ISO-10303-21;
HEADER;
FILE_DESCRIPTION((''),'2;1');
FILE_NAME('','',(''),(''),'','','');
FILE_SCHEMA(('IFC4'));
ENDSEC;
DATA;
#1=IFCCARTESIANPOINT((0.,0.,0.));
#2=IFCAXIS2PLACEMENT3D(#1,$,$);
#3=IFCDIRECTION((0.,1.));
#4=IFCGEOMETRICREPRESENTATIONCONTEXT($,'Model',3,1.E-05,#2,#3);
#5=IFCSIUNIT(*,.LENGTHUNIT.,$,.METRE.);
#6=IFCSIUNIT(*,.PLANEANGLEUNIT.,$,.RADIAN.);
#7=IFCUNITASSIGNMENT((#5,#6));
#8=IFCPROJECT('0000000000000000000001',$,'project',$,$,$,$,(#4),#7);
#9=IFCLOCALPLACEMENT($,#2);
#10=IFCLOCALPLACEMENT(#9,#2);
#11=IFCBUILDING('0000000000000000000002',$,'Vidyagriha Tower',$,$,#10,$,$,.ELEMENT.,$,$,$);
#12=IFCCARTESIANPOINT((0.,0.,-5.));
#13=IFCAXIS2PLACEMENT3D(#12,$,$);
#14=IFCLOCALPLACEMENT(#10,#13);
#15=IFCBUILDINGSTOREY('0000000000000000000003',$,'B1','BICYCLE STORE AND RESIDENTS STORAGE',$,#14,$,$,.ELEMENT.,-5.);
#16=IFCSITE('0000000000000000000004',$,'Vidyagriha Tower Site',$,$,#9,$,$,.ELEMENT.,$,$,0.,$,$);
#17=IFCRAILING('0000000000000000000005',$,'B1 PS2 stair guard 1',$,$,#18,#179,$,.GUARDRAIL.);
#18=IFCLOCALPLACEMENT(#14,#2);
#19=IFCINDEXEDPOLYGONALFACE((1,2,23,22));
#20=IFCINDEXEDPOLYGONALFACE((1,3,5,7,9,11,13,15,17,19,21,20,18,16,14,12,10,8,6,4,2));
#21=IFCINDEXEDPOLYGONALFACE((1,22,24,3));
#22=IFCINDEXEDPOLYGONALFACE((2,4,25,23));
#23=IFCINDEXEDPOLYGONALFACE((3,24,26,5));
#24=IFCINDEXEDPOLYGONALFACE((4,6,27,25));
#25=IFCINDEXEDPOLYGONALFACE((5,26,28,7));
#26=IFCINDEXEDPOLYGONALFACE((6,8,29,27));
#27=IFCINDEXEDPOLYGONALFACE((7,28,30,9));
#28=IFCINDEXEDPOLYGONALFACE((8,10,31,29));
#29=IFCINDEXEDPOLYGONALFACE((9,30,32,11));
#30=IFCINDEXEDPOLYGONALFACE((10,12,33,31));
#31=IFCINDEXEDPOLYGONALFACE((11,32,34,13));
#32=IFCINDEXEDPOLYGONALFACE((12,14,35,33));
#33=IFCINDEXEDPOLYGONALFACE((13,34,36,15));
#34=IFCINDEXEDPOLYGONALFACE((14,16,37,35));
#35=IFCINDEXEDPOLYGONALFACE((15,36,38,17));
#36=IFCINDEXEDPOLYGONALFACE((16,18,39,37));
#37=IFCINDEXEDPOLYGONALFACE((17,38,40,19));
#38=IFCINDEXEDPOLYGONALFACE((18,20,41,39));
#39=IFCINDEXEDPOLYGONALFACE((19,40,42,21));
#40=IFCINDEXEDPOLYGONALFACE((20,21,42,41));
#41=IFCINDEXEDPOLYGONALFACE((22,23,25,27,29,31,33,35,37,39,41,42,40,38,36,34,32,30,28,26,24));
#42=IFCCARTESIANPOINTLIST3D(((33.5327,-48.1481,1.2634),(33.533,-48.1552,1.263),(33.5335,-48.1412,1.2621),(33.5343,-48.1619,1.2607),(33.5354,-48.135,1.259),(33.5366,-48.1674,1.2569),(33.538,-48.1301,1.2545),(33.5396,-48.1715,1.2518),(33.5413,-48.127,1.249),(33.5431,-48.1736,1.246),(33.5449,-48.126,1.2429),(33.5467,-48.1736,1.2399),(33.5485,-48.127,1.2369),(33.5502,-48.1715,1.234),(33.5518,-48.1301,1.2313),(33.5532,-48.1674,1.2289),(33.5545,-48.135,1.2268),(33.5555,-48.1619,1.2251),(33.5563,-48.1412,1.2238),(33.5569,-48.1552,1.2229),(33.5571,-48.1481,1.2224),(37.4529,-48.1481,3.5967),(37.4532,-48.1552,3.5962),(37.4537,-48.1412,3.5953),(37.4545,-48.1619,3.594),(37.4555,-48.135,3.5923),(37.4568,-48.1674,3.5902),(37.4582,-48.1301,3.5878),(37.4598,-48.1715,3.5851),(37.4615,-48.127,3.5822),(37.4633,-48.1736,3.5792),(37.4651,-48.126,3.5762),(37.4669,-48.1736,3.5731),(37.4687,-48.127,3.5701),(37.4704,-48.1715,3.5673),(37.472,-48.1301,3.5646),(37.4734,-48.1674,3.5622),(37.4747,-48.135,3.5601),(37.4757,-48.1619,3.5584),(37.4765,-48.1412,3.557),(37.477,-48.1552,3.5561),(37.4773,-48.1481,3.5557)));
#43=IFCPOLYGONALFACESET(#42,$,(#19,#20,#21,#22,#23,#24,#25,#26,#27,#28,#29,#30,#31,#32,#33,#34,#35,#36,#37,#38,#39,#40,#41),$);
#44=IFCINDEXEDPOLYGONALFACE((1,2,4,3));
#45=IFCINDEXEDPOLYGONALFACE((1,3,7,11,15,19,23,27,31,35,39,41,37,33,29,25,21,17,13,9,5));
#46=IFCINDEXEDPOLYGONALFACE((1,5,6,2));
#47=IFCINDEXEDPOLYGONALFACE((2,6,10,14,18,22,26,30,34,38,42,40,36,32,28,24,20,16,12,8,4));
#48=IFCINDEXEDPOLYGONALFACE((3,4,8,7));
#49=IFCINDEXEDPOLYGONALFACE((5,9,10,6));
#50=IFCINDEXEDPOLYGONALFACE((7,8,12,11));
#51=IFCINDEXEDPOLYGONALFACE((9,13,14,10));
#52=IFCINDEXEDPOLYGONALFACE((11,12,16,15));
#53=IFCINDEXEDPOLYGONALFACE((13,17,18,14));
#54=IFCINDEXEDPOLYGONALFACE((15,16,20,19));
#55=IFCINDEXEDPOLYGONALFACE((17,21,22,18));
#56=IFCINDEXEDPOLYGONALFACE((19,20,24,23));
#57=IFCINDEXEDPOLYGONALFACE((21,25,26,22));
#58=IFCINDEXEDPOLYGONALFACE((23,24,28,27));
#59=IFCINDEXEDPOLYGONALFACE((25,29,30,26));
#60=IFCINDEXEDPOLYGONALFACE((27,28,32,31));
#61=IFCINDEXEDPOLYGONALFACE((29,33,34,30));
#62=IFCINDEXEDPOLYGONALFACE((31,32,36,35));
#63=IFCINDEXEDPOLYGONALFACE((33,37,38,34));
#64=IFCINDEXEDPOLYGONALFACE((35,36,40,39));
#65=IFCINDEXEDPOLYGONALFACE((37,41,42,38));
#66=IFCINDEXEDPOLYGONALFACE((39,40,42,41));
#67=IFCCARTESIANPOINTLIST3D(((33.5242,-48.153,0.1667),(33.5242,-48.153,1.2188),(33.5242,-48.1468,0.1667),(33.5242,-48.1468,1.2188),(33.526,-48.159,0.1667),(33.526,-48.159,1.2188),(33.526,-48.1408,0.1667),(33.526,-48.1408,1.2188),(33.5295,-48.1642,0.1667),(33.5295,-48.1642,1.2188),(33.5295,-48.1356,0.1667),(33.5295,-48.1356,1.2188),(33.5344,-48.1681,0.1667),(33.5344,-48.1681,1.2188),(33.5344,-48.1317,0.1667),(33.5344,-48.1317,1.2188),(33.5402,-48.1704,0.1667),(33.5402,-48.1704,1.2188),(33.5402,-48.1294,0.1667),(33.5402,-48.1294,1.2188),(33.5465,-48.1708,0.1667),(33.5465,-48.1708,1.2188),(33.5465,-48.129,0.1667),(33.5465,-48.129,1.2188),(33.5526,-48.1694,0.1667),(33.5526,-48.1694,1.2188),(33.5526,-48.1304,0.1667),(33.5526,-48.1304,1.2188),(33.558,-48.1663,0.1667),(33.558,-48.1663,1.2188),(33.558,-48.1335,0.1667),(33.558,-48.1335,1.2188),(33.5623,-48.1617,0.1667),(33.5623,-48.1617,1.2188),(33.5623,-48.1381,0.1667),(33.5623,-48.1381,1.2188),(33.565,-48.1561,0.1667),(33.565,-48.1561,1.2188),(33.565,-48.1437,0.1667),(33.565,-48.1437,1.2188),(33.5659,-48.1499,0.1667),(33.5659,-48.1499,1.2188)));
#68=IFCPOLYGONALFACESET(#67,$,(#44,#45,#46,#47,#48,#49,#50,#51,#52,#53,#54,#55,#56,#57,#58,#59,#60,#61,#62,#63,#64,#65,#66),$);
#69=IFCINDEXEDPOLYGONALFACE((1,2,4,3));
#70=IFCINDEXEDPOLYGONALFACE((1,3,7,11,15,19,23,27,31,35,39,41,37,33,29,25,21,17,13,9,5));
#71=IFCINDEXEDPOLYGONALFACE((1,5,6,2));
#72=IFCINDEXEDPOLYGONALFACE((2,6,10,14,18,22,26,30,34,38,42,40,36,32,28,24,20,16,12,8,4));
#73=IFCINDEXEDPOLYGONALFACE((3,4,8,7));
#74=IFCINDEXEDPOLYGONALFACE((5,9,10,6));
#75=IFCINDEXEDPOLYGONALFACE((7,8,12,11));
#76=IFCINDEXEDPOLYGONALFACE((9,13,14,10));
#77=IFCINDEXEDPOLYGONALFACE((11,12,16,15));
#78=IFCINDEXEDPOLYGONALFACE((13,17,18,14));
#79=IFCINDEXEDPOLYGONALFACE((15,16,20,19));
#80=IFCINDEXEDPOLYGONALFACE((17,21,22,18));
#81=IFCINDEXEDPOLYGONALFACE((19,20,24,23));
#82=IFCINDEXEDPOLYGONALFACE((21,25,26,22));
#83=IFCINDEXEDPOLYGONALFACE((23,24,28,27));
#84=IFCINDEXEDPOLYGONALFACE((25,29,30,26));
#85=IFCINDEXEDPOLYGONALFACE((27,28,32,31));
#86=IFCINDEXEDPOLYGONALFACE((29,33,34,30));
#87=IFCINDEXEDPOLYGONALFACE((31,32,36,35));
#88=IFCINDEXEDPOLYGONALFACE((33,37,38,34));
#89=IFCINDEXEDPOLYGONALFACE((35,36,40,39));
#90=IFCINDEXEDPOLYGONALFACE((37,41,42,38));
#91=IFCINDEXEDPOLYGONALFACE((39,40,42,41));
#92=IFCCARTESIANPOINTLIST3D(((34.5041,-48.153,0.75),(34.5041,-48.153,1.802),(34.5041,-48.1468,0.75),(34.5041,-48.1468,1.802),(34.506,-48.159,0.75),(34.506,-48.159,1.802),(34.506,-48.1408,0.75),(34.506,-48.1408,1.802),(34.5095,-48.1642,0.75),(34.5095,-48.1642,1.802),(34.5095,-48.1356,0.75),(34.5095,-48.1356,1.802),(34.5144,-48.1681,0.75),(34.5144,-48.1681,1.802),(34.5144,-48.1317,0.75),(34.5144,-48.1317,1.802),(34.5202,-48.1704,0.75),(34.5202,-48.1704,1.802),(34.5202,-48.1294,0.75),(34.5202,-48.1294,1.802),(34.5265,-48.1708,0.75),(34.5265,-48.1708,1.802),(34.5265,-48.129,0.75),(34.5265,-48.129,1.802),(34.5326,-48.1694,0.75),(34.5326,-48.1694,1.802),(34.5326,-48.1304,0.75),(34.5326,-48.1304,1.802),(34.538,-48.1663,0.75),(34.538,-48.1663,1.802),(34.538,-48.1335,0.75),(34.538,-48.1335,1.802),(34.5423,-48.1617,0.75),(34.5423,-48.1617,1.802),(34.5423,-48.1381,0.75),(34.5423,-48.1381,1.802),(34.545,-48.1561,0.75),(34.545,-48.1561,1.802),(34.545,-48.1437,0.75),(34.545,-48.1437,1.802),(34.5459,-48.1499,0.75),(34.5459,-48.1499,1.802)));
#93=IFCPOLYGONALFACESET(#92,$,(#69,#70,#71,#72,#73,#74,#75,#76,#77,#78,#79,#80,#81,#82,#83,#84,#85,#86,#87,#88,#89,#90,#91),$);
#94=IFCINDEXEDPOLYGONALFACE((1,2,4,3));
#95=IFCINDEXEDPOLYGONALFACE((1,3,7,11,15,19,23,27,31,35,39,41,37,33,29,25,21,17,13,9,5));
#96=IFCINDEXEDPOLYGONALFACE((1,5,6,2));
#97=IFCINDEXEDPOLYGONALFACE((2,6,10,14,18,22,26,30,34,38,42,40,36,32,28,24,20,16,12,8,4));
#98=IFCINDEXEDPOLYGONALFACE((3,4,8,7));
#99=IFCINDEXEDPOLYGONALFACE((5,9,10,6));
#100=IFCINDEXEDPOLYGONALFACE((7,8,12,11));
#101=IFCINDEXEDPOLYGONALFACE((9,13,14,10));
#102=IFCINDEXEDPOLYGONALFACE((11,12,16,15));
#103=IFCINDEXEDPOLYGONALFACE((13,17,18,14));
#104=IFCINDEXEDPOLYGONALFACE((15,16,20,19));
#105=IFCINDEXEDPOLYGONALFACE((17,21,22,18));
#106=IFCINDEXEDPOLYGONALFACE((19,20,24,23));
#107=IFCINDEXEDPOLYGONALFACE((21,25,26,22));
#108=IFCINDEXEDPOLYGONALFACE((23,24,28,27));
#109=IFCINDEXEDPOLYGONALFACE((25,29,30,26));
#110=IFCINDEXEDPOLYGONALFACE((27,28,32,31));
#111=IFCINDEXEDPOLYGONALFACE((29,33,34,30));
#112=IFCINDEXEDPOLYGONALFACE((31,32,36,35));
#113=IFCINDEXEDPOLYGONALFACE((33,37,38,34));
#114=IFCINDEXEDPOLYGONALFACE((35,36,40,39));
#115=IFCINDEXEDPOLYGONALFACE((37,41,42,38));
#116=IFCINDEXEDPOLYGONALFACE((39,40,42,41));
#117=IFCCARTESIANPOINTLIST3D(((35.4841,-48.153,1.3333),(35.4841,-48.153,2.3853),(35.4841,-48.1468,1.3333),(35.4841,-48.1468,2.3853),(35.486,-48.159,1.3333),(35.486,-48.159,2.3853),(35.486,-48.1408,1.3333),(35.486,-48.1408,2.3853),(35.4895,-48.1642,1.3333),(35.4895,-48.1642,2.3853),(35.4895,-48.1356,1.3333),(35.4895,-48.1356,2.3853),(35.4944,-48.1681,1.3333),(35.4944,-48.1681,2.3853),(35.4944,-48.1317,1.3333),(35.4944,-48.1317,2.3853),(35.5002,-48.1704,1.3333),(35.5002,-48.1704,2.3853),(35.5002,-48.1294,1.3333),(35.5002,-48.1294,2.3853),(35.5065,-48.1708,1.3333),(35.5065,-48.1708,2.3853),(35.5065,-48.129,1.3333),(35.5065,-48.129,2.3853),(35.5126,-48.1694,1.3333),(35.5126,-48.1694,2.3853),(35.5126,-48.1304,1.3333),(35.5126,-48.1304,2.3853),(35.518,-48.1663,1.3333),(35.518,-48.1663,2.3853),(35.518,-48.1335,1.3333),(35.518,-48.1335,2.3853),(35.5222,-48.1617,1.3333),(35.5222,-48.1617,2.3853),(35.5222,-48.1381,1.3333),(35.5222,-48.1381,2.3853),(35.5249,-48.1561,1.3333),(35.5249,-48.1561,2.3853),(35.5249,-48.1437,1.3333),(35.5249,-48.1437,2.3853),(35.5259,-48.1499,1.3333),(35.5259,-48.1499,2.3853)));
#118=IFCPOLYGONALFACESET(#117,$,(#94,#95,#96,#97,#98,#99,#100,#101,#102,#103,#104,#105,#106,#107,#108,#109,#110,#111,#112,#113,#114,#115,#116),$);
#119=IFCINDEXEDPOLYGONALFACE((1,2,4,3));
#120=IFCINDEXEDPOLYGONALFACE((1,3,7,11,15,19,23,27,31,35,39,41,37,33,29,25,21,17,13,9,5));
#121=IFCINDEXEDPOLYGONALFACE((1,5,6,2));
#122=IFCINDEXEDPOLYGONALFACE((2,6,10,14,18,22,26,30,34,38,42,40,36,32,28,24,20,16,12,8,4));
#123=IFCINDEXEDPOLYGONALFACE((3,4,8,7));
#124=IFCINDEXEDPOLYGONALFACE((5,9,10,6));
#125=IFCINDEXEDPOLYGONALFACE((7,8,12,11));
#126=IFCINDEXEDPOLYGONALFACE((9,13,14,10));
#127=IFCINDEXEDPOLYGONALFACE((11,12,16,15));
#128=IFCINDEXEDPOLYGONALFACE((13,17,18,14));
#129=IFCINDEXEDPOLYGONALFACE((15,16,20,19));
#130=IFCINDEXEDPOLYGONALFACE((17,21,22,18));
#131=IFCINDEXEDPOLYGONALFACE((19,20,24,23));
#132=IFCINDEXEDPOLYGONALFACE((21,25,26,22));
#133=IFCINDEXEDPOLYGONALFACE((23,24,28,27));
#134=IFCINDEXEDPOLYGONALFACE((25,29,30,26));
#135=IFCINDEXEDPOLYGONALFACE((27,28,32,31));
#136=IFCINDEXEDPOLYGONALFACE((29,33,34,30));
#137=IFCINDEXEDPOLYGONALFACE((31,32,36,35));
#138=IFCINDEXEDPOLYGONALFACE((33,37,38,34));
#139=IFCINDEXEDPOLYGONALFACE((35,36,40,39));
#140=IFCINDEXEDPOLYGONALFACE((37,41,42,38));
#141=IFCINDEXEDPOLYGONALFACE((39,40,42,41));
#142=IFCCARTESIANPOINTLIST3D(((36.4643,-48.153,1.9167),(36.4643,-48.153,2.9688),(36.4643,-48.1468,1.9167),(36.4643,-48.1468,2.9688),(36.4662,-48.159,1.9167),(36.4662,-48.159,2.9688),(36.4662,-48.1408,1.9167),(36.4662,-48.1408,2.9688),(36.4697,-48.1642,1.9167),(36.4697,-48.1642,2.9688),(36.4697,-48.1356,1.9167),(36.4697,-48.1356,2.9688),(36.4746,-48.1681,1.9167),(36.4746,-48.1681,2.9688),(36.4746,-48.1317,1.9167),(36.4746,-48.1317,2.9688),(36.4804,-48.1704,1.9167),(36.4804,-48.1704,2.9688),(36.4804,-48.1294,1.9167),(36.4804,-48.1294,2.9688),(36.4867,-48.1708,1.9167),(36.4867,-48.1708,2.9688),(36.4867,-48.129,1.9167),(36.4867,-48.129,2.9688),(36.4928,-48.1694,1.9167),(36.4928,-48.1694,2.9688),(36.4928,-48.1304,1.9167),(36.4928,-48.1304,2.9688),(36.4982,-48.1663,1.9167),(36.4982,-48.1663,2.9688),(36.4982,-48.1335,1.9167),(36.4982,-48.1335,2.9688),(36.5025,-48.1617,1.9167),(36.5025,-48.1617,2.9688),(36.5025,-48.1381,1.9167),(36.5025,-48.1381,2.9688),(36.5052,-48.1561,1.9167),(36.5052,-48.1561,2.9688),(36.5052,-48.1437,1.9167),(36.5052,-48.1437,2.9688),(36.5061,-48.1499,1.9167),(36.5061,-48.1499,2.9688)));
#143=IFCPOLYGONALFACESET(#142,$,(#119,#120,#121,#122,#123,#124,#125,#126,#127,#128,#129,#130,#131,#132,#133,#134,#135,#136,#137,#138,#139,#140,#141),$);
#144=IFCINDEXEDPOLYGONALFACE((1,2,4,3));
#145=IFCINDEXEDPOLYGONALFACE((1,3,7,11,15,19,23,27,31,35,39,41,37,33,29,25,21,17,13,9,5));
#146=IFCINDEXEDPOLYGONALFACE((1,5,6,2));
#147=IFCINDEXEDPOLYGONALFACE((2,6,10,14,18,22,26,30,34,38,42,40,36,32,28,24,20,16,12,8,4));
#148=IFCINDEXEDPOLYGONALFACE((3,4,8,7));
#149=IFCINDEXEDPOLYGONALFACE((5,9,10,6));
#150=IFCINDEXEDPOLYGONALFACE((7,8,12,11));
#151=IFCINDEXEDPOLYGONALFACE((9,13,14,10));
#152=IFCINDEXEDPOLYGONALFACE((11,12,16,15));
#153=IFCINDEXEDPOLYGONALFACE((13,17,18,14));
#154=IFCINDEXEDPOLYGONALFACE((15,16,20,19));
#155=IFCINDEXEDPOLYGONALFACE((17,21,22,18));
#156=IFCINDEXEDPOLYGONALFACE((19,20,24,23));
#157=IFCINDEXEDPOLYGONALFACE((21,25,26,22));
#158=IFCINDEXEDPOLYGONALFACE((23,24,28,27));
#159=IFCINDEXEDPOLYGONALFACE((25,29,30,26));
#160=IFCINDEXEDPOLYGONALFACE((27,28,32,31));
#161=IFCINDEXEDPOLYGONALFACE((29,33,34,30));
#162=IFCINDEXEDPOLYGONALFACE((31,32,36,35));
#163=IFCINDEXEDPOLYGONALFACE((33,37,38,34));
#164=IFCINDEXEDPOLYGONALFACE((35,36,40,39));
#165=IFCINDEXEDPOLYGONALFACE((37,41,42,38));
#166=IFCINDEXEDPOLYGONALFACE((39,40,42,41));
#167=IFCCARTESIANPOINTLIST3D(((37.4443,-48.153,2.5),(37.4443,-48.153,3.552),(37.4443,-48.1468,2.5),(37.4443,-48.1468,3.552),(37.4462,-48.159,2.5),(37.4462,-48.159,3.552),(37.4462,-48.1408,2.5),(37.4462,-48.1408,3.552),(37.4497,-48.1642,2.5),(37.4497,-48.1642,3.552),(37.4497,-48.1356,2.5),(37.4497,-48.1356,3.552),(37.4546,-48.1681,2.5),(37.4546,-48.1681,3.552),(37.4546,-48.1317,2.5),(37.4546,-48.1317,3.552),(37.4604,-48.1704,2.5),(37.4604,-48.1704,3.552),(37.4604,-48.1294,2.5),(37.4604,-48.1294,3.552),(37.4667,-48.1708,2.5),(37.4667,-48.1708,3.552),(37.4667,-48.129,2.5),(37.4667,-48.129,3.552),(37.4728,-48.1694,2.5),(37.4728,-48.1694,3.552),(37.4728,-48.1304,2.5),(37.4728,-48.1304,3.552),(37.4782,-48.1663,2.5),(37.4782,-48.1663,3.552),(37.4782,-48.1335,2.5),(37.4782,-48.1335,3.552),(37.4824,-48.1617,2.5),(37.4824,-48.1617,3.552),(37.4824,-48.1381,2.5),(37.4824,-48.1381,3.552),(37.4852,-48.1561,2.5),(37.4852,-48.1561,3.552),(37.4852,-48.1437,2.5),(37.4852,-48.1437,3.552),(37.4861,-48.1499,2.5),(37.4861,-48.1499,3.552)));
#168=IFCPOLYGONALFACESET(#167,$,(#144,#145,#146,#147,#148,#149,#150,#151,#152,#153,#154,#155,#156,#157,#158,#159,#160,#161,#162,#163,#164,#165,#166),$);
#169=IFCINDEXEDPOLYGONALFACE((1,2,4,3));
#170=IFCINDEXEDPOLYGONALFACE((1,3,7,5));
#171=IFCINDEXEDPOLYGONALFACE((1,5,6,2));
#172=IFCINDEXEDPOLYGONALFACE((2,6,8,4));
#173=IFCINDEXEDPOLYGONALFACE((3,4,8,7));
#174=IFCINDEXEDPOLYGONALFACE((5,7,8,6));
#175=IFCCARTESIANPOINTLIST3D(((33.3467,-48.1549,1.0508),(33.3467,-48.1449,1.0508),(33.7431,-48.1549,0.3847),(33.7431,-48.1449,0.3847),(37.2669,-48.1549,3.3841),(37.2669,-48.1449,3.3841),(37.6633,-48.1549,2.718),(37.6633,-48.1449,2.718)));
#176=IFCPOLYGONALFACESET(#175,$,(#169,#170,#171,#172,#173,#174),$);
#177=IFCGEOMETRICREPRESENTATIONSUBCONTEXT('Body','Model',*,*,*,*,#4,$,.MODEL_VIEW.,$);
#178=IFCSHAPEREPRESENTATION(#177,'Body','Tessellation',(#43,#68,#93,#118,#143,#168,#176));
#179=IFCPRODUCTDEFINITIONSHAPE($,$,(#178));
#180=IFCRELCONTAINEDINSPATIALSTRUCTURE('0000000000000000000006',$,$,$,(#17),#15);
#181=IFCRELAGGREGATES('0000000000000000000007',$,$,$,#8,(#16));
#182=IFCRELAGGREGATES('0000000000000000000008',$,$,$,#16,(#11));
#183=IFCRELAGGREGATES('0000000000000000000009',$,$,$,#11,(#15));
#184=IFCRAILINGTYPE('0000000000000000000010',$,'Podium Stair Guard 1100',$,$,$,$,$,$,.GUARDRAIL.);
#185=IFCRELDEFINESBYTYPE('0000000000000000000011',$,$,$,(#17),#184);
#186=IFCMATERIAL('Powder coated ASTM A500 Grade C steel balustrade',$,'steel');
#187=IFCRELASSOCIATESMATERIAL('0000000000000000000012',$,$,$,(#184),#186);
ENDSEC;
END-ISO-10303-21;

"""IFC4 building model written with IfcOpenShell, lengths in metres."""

from ifc_helpers import new_model, si_unit, direction, frame, origin, origin_2d, place, context, subcontext, project, spatial, rectangle, circle, extrude, material, type_object, element, save


model = new_model("IFC4")

# Units and contexts
model_context = context("Model", 3, precision=1e-05, world=origin(), true_north=direction((0.0, 1.0)))
body_context = subcontext(model_context, "Body", "Model", "MODEL_VIEW")
ifc_project = project(units=[si_unit("LENGTHUNIT", "METRE"), si_unit("PLANEANGLEUNIT", "RADIAN")], contexts=[model_context])

# Site, building, storey
site_placement = place(None, origin())
site = spatial("IfcSite", under=ifc_project, at=site_placement, Name="Vidyagriha Tower Site", CompositionType="ELEMENT", RefElevation=0.0)
building_placement = place(site_placement, origin())
building = spatial("IfcBuilding", under=site, at=building_placement, Name="Vidyagriha Tower", CompositionType="ELEMENT")
storey_placement = place(building_placement, frame((0.0, 0.0, -5.0)))
storey = spatial("IfcBuildingStorey", under=building, at=storey_placement, Name="B1", Description="BICYCLE STORE AND RESIDENTS STORAGE", CompositionType="ELEMENT", Elevation=-5.0)

# Railing
ifc_material_1 = material(Name="Powder coated ASTM A500 Grade C steel balustrade", Category="steel")
railing_type_1 = type_object("IfcRailingType", Name="Podium Stair Guard 1100", PredefinedType="GUARDRAIL", material=ifc_material_1)
railing_1_placement = place(storey_placement, frame((33.5449, -48.1499, 0.1667)))
element("IfcRailing", 1, at=railing_1_placement, inside=storey, type_object=railing_type_1, Name="B1 PS2 stair guard 1", PredefinedType="GUARDRAIL", context=body_context, shape_type="SweptSolid", body=[
    extrude(circle(Radius=0.0239, at=origin_2d()), frame((0.0, 0.0, 1.0762), z_axis=(0.85931, 0.0, 0.511455), x_axis=(0.0, 1.0, 0.0)), (0.0, 0.0, 1.0), 4.562),
    extrude(circle(Radius=0.021, at=origin_2d()), origin(), (0.0, 0.0, 1.0), 1.052),
    extrude(circle(Radius=0.021, at=origin_2d()), frame((0.98, 0.0, 0.5833)), (0.0, 0.0, 1.0), 1.052),
    extrude(circle(Radius=0.021, at=origin_2d()), frame((1.96, 0.0, 1.1665)), (0.0, 0.0, 1.0), 1.052),
    extrude(circle(Radius=0.021, at=origin_2d()), frame((2.9402, 0.0, 1.75)), (0.0, 0.0, 1.0), 1.052),
    extrude(circle(Radius=0.021, at=origin_2d()), frame((3.9202, 0.0, 2.3333)), (0.0, 0.0, 1.0), 1.052),
    extrude(rectangle(XDim=0.01, YDim=0.7751, at=origin_2d()), frame((0.0, 0.0, 0.551), z_axis=(0.85931, 0.0, 0.511455), x_axis=(0.0, 1.0, 0.0)), (0.0, 0.0, 1.0), 4.562),
])

save(model, "model.ifc")
